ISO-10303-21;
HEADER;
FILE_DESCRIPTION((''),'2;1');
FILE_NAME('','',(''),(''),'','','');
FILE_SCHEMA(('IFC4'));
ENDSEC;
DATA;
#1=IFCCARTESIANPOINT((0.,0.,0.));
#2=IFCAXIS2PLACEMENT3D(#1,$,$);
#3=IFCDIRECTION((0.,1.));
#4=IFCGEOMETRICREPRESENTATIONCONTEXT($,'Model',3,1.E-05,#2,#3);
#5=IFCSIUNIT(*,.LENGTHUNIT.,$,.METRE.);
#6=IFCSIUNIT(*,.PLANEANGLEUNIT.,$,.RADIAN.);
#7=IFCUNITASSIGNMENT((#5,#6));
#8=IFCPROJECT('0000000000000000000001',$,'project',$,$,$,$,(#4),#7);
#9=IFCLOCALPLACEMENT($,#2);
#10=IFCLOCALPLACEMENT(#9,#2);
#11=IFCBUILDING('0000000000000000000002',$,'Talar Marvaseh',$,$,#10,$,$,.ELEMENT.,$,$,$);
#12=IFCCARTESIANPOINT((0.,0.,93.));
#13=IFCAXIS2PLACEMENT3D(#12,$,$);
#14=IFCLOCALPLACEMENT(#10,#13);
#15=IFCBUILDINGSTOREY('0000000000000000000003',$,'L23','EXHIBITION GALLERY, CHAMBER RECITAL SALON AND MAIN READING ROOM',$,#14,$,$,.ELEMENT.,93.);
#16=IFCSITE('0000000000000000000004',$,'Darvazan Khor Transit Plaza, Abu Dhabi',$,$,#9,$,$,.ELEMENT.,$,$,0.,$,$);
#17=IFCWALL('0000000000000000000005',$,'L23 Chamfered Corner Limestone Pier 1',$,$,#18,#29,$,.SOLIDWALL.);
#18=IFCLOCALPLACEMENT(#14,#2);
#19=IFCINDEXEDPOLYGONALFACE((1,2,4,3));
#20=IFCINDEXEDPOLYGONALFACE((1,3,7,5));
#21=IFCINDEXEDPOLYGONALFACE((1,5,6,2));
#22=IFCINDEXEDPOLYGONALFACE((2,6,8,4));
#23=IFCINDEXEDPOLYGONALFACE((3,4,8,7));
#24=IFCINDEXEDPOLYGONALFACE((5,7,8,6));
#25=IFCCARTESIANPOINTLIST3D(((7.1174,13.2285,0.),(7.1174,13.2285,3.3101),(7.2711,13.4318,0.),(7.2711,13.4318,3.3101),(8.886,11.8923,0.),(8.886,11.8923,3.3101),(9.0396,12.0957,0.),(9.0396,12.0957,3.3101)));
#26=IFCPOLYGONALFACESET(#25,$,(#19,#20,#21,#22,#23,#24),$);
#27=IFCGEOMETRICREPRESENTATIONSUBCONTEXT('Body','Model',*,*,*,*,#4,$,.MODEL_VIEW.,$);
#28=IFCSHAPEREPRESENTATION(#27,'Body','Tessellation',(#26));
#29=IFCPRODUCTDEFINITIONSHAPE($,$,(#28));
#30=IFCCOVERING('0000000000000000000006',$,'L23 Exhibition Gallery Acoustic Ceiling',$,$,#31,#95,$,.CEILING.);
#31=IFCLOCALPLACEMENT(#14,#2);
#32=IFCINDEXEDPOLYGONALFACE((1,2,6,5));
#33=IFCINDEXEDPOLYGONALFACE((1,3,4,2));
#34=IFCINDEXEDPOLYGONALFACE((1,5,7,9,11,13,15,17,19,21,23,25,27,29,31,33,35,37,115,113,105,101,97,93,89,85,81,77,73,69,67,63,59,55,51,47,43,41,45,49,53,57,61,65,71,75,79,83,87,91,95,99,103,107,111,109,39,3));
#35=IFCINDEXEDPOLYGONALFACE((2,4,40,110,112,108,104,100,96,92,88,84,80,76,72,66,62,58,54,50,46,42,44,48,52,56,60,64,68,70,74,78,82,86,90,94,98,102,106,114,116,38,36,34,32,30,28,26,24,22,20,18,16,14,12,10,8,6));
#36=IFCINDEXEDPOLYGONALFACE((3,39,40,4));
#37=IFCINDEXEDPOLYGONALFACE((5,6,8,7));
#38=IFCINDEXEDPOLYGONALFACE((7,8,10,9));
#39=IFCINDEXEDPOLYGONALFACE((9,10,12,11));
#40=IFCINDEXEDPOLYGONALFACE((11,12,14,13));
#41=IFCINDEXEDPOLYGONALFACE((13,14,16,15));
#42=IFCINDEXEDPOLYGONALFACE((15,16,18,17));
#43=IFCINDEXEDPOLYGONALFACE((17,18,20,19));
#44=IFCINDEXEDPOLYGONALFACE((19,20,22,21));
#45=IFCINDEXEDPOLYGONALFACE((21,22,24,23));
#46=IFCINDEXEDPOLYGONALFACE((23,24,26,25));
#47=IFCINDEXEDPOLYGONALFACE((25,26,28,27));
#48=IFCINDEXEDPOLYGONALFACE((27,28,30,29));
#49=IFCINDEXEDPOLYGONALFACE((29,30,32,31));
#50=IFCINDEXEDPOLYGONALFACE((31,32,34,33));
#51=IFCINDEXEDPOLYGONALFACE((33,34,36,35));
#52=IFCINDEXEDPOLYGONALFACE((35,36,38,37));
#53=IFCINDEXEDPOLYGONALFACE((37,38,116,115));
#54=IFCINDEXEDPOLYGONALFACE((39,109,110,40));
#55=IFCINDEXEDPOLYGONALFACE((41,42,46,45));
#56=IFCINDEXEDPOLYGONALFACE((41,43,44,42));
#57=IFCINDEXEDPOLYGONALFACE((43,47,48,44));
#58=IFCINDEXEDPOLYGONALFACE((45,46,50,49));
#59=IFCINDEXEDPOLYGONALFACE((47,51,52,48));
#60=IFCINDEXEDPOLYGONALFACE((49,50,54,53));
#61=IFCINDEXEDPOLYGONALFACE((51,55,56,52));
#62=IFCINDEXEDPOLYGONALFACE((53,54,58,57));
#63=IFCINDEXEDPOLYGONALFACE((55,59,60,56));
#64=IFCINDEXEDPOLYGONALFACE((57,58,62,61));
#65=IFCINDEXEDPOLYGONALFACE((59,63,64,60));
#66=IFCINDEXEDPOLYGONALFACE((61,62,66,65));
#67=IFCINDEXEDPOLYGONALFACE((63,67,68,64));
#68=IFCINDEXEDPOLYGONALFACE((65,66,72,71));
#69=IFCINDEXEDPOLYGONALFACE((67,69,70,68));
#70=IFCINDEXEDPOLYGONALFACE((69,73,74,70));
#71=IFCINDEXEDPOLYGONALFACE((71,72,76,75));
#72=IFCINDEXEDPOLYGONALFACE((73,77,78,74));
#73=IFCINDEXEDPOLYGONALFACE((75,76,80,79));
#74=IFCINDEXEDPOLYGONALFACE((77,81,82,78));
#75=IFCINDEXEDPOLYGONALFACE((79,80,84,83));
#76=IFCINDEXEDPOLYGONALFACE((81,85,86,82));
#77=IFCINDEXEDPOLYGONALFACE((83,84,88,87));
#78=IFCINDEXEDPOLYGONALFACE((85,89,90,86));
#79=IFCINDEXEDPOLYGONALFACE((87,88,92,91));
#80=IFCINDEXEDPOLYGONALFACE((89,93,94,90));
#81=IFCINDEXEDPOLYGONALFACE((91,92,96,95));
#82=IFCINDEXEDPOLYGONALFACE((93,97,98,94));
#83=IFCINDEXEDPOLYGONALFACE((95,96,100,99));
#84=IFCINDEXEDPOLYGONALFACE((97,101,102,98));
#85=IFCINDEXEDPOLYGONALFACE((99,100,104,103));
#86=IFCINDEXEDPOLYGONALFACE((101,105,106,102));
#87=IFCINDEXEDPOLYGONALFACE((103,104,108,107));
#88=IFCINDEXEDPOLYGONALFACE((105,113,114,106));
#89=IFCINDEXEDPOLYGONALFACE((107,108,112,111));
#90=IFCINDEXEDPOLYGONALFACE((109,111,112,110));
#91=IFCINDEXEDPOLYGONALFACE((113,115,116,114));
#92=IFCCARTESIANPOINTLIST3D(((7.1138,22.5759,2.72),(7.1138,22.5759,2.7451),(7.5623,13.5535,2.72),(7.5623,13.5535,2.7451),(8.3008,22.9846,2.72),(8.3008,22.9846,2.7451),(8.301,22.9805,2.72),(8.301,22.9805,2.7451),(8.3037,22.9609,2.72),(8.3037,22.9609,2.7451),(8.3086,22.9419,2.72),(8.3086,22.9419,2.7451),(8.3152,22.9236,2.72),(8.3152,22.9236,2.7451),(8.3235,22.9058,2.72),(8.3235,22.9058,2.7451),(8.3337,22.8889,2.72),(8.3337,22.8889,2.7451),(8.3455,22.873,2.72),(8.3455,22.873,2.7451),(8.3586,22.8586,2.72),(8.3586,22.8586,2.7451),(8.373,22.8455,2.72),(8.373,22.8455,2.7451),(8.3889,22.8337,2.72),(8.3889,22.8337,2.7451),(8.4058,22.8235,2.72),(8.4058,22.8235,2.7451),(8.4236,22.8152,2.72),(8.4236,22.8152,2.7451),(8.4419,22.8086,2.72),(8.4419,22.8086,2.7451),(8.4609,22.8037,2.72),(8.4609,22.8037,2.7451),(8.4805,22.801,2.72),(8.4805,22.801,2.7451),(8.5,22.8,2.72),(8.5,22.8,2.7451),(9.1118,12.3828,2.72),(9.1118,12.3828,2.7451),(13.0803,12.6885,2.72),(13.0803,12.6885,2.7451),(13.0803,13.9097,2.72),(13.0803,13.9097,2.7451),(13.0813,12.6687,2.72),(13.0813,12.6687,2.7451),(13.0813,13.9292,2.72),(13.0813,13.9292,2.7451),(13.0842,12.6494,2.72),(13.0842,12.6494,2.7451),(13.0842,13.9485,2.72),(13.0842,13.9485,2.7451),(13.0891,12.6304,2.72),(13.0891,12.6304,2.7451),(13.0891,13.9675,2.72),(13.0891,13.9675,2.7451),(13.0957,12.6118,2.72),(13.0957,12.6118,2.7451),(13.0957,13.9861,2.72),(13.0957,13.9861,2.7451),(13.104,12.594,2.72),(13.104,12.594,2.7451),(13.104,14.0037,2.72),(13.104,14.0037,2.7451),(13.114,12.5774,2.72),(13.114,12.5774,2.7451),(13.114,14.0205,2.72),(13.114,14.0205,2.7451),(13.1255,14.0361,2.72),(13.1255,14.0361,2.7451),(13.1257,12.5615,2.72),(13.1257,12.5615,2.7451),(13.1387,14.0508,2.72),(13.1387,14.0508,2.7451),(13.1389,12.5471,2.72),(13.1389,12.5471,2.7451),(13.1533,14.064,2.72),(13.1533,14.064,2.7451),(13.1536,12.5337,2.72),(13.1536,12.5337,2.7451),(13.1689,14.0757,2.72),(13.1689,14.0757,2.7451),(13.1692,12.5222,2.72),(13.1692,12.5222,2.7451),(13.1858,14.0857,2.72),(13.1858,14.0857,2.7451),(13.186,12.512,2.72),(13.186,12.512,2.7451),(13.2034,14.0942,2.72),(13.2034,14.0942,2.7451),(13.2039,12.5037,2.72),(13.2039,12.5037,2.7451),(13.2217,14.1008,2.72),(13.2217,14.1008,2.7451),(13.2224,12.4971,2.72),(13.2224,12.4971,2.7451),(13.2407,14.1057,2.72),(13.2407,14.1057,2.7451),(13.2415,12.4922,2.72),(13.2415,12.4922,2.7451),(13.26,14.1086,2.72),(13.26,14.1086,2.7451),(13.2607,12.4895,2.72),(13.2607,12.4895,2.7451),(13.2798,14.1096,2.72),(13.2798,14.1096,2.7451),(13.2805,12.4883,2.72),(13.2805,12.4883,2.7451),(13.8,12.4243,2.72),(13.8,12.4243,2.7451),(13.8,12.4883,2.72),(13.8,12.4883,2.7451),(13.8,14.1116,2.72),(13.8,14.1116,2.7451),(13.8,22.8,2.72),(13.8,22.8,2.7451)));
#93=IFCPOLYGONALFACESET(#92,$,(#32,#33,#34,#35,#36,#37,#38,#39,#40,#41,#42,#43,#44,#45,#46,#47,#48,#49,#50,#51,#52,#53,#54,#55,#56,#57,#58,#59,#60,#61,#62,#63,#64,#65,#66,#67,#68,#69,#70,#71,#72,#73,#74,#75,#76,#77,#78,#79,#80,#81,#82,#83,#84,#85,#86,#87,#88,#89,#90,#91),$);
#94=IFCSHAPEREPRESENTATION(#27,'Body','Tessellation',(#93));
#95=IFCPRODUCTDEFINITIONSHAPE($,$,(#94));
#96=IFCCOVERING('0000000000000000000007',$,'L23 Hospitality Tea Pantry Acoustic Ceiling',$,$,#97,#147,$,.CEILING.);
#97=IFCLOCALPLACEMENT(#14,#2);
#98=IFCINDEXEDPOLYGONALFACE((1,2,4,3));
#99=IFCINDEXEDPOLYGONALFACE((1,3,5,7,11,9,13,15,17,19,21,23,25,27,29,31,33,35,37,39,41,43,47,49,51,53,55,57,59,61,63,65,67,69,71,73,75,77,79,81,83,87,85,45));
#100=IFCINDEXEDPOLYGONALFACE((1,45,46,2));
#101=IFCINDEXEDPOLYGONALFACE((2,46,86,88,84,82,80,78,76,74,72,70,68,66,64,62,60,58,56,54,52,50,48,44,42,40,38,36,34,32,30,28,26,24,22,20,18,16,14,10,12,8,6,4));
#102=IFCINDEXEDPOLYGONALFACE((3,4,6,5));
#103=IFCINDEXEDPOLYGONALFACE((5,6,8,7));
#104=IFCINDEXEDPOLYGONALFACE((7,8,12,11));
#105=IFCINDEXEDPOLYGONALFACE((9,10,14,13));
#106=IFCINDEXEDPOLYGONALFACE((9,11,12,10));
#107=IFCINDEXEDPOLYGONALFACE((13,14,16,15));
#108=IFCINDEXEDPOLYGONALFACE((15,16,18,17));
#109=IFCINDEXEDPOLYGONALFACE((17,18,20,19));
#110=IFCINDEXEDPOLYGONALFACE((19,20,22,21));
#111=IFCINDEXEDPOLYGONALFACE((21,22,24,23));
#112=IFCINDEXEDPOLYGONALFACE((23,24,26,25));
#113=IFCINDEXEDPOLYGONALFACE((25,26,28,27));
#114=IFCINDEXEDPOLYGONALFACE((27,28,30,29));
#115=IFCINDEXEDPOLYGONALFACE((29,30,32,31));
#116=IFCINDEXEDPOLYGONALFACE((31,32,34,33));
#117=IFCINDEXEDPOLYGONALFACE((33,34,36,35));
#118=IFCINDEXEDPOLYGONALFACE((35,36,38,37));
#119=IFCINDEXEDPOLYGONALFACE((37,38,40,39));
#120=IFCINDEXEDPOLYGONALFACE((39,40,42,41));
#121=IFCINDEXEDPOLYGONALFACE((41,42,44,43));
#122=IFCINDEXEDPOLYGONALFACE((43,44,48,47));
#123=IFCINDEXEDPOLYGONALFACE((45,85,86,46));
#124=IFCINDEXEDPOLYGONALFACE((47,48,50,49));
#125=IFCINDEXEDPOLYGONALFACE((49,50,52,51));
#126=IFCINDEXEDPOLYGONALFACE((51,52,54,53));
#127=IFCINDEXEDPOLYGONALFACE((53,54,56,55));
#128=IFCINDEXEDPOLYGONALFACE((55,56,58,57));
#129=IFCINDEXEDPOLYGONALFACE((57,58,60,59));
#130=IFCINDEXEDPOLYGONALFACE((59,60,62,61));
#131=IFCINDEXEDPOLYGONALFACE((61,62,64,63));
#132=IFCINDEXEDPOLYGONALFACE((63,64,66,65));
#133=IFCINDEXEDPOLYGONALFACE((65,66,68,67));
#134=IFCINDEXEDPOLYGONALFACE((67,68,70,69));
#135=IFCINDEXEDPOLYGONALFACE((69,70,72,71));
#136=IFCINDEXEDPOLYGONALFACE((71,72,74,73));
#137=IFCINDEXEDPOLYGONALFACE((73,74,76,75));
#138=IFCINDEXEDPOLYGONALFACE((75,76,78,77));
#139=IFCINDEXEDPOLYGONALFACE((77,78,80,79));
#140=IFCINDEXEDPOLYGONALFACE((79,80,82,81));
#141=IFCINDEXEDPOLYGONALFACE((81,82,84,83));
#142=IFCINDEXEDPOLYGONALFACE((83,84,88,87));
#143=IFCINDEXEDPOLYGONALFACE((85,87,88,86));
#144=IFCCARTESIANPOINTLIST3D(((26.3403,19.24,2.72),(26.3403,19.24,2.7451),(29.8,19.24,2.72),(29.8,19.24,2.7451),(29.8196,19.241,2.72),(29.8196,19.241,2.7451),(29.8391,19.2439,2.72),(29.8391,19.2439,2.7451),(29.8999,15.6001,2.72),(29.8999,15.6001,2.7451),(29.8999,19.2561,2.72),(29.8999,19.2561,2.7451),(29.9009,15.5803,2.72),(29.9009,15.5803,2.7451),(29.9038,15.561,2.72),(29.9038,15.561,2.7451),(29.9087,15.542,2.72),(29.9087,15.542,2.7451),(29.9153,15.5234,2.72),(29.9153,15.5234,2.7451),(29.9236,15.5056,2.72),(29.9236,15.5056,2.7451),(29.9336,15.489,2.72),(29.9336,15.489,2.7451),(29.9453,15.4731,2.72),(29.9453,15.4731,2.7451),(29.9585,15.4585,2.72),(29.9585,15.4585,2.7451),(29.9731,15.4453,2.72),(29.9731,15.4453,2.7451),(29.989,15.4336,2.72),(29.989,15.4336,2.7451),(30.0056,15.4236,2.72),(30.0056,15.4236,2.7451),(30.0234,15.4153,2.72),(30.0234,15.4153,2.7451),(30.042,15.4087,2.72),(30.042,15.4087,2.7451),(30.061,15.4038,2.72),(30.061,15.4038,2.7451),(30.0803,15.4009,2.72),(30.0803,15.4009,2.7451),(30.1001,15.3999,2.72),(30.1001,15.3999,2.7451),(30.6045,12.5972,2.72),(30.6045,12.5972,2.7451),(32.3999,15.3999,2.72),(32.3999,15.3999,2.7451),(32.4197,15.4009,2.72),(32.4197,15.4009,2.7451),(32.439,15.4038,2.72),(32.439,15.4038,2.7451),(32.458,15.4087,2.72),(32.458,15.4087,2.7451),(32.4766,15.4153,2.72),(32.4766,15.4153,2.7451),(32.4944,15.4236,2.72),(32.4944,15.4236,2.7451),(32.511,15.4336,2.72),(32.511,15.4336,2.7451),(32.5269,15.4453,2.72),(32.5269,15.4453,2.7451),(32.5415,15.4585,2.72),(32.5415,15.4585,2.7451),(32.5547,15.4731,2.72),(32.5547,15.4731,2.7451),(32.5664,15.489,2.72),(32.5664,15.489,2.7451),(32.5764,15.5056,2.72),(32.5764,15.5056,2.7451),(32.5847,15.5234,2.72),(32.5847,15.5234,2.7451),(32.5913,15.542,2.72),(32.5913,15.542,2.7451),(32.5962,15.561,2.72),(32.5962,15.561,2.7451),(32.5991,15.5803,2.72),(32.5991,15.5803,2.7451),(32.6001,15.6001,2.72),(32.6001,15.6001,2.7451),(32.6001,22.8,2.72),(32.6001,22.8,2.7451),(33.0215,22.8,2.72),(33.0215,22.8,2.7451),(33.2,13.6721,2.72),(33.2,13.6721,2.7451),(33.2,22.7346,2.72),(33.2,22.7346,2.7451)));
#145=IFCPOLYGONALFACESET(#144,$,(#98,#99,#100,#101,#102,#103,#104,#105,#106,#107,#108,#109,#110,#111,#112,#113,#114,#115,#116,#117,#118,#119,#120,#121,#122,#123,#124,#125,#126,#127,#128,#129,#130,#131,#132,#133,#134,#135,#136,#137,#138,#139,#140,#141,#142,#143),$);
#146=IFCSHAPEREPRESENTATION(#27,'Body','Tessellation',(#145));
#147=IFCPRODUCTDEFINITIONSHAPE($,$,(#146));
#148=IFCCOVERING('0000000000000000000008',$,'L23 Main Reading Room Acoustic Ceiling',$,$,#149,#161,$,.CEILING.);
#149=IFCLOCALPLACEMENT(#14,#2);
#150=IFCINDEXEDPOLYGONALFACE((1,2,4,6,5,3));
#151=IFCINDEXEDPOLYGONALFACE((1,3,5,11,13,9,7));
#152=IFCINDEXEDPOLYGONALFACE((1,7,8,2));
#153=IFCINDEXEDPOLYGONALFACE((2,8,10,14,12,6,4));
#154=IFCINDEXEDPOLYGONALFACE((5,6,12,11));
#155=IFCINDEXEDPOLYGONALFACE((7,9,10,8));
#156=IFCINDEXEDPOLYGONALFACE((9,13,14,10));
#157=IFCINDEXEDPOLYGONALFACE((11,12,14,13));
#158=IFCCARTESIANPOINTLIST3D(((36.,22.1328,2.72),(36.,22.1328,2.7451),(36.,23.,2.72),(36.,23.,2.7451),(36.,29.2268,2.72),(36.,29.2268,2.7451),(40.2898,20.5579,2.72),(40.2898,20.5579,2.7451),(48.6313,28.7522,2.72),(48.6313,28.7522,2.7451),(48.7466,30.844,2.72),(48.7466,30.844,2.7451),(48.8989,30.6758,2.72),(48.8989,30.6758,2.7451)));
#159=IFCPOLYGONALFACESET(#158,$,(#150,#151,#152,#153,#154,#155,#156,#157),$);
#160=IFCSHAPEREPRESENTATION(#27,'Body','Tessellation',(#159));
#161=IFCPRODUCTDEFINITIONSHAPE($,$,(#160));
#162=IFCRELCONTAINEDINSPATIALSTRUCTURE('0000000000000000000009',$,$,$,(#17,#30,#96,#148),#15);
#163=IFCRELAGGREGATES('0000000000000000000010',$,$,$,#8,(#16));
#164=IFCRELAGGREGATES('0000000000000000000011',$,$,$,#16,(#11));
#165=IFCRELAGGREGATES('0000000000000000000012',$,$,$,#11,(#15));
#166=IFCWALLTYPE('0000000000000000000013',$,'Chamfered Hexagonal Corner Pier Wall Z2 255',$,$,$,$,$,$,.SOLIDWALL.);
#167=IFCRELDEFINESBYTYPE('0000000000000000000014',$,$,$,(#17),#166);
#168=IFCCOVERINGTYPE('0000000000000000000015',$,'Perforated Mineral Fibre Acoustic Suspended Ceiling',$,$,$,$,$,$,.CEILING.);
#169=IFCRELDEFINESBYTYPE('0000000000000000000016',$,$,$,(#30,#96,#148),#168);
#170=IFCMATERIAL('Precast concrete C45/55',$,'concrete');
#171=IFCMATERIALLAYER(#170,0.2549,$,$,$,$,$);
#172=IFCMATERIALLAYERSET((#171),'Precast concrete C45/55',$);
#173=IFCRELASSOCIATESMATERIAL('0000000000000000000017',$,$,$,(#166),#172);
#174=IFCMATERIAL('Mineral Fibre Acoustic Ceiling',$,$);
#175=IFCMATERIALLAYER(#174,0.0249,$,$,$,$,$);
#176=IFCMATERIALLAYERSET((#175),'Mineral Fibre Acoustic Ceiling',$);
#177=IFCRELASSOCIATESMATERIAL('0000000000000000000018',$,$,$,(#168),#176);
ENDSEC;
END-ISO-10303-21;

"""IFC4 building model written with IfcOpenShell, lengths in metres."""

from ifc_helpers import new_model, si_unit, direction, frame, frame_2d, origin, place, context, subcontext, project, spatial, polyline, rectangle, outline, extrude, material, layer, layer_set, type_object, element, save


model = new_model("IFC4")

# Units and contexts
model_context = context("Model", 3, precision=1e-05, world=origin(), true_north=direction((0.0, 1.0)))
body_context = subcontext(model_context, "Body", "Model", "MODEL_VIEW")
ifc_project = project(units=[si_unit("LENGTHUNIT", "METRE"), si_unit("PLANEANGLEUNIT", "RADIAN")], contexts=[model_context])

# Site, building, storey
site_placement = place(None, origin())
site = spatial("IfcSite", under=ifc_project, at=site_placement, Name="Darvazan Khor Transit Plaza, Abu Dhabi", CompositionType="ELEMENT", RefElevation=0.0)
building_placement = place(site_placement, origin())
building = spatial("IfcBuilding", under=site, at=building_placement, Name="Talar Marvaseh", CompositionType="ELEMENT")
storey_placement = place(building_placement, frame((0.0, 0.0, 93.0)))
storey = spatial("IfcBuildingStorey", under=building, at=storey_placement, Name="L23", Description="EXHIBITION GALLERY, CHAMBER RECITAL SALON AND MAIN READING ROOM", CompositionType="ELEMENT", Elevation=93.0)

# Wall
ifc_material_1 = material(Name="Precast concrete C45/55", Category="concrete")
ifc_layer_1 = layer(ifc_material_1, 0.2549)
ifc_layer_set_1 = layer_set([ifc_layer_1], Name="Precast concrete C45/55")
wall_type = type_object("IfcWallType", Name="Chamfered Hexagonal Corner Pier Wall Z2 255", PredefinedType="SOLIDWALL", material=ifc_layer_set_1)
wall_placement = place(storey_placement, frame((8.9629, 11.9939, 0.0), z_axis=(0.0, 0.0, 1.0), x_axis=(-0.79788, 0.602816, 0.0)))
element("IfcWall", 1, at=wall_placement, inside=storey, type_object=wall_type, Name="L23 Chamfered Corner Limestone Pier 1", PredefinedType="SOLIDWALL", context=body_context, shape_type="SweptSolid", body=[
    extrude(rectangle(XDim=2.2166, YDim=0.2549, at=frame_2d((1.1084, 0.0))), origin(), (0.0, 0.0, 1.0), 3.3101),
])

# Coverings
ifc_material_2 = material(Name="Mineral Fibre Acoustic Ceiling")
ifc_layer_2 = layer(ifc_material_2, 0.0249)
ifc_layer_set_2 = layer_set([ifc_layer_2], Name="Mineral Fibre Acoustic Ceiling")
covering_type_1 = type_object("IfcCoveringType", Name="Perforated Mineral Fibre Acoustic Suspended Ceiling", PredefinedType="CEILING", material=ifc_layer_set_2)
covering_1_placement = place(storey_placement, frame((0.0, 0.0, 2.72)))
element("IfcCovering", 2, at=covering_1_placement, inside=storey, type_object=covering_type_1, Name="L23 Exhibition Gallery Acoustic Ceiling", PredefinedType="CEILING", context=body_context, shape_type="SweptSolid", body=[
    extrude(outline(polyline([(8.3037, 22.9609), (8.3086, 22.9419), (8.3152, 22.9236), (8.3235, 22.9058), (8.3337, 22.8889), (8.3455, 22.873), (8.3586, 22.8586), (8.373, 22.8455), (8.3889, 22.8337), (8.4058, 22.8235), (8.4236, 22.8152), (8.4419, 22.8086), (8.4609, 22.8037), (8.4805, 22.801), (8.5, 22.8), (13.8, 22.8), (13.8, 14.1116), (13.2798, 14.1096), (13.26, 14.1086), (13.2407, 14.1057), (13.2217, 14.1008), (13.2034, 14.0942), (13.1858, 14.0857), (13.1689, 14.0757), (13.1533, 14.064), (13.1387, 14.0508), (13.1255, 14.0361), (13.114, 14.0205), (13.104, 14.0037), (13.0957, 13.9861), (13.0891, 13.9675), (13.0842, 13.9485), (13.0813, 13.9292), (13.0803, 13.9097), (13.0803, 12.6885), (13.0813, 12.6687), (13.0842, 12.6494), (13.0891, 12.6304), (13.0957, 12.6118), (13.104, 12.594), (13.114, 12.5774), (13.1257, 12.5615), (13.1389, 12.5471), (13.1536, 12.5337), (13.1692, 12.5222), (13.186, 12.512), (13.2039, 12.5037), (13.2224, 12.4971), (13.2415, 12.4922), (13.2607, 12.4895), (13.2805, 12.4883), (13.8, 12.4883), (13.8, 12.4243), (9.1118, 12.3828), (7.5623, 13.5535), (7.1138, 22.5759), (8.3008, 22.9846), (8.301, 22.9805), (8.3037, 22.9609)])), origin(), (0.0, 0.0, 1.0), 0.0251),
])
covering_2_placement = place(storey_placement, frame((0.0, 0.0, 2.72)))
element("IfcCovering", 3, at=covering_2_placement, inside=storey, type_object=covering_type_1, Name="L23 Hospitality Tea Pantry Acoustic Ceiling", PredefinedType="CEILING", context=body_context, shape_type="SweptSolid", body=[
    extrude(outline(polyline([(29.9009, 15.5803), (29.9038, 15.561), (29.9087, 15.542), (29.9153, 15.5234), (29.9236, 15.5056), (29.9336, 15.489), (29.9453, 15.4731), (29.9585, 15.4585), (29.9731, 15.4453), (29.989, 15.4336), (30.0056, 15.4236), (30.0234, 15.4153), (30.042, 15.4087), (30.061, 15.4038), (30.0803, 15.4009), (30.1001, 15.3999), (32.3999, 15.3999), (32.4197, 15.4009), (32.439, 15.4038), (32.458, 15.4087), (32.4766, 15.4153), (32.4944, 15.4236), (32.511, 15.4336), (32.5269, 15.4453), (32.5415, 15.4585), (32.5547, 15.4731), (32.5664, 15.489), (32.5764, 15.5056), (32.5847, 15.5234), (32.5913, 15.542), (32.5962, 15.561), (32.5991, 15.5803), (32.6001, 15.6001), (32.6001, 22.8), (33.0215, 22.8), (33.2, 22.7346), (33.2, 13.6721), (30.6045, 12.5972), (26.3403, 19.24), (29.8, 19.24), (29.8196, 19.241), (29.8391, 19.2439), (29.8999, 19.2561), (29.8999, 15.6001), (29.9009, 15.5803)])), origin(), (0.0, 0.0, 1.0), 0.0251),
])
covering_3_placement = place(storey_placement, frame((0.0, 0.0, 2.72)))
element("IfcCovering", 4, at=covering_3_placement, inside=storey, type_object=covering_type_1, Name="L23 Main Reading Room Acoustic Ceiling", PredefinedType="CEILING", context=body_context, shape_type="SweptSolid", body=[
    extrude(outline(polyline([(36.0, 22.1328), (36.0, 23.0), (36.0, 29.2268), (48.7466, 30.844), (48.8989, 30.6758), (48.6313, 28.7522), (40.2898, 20.5579), (36.0, 22.1328)])), origin(), (0.0, 0.0, 1.0), 0.0251),
])

save(model, "model.ifc")
